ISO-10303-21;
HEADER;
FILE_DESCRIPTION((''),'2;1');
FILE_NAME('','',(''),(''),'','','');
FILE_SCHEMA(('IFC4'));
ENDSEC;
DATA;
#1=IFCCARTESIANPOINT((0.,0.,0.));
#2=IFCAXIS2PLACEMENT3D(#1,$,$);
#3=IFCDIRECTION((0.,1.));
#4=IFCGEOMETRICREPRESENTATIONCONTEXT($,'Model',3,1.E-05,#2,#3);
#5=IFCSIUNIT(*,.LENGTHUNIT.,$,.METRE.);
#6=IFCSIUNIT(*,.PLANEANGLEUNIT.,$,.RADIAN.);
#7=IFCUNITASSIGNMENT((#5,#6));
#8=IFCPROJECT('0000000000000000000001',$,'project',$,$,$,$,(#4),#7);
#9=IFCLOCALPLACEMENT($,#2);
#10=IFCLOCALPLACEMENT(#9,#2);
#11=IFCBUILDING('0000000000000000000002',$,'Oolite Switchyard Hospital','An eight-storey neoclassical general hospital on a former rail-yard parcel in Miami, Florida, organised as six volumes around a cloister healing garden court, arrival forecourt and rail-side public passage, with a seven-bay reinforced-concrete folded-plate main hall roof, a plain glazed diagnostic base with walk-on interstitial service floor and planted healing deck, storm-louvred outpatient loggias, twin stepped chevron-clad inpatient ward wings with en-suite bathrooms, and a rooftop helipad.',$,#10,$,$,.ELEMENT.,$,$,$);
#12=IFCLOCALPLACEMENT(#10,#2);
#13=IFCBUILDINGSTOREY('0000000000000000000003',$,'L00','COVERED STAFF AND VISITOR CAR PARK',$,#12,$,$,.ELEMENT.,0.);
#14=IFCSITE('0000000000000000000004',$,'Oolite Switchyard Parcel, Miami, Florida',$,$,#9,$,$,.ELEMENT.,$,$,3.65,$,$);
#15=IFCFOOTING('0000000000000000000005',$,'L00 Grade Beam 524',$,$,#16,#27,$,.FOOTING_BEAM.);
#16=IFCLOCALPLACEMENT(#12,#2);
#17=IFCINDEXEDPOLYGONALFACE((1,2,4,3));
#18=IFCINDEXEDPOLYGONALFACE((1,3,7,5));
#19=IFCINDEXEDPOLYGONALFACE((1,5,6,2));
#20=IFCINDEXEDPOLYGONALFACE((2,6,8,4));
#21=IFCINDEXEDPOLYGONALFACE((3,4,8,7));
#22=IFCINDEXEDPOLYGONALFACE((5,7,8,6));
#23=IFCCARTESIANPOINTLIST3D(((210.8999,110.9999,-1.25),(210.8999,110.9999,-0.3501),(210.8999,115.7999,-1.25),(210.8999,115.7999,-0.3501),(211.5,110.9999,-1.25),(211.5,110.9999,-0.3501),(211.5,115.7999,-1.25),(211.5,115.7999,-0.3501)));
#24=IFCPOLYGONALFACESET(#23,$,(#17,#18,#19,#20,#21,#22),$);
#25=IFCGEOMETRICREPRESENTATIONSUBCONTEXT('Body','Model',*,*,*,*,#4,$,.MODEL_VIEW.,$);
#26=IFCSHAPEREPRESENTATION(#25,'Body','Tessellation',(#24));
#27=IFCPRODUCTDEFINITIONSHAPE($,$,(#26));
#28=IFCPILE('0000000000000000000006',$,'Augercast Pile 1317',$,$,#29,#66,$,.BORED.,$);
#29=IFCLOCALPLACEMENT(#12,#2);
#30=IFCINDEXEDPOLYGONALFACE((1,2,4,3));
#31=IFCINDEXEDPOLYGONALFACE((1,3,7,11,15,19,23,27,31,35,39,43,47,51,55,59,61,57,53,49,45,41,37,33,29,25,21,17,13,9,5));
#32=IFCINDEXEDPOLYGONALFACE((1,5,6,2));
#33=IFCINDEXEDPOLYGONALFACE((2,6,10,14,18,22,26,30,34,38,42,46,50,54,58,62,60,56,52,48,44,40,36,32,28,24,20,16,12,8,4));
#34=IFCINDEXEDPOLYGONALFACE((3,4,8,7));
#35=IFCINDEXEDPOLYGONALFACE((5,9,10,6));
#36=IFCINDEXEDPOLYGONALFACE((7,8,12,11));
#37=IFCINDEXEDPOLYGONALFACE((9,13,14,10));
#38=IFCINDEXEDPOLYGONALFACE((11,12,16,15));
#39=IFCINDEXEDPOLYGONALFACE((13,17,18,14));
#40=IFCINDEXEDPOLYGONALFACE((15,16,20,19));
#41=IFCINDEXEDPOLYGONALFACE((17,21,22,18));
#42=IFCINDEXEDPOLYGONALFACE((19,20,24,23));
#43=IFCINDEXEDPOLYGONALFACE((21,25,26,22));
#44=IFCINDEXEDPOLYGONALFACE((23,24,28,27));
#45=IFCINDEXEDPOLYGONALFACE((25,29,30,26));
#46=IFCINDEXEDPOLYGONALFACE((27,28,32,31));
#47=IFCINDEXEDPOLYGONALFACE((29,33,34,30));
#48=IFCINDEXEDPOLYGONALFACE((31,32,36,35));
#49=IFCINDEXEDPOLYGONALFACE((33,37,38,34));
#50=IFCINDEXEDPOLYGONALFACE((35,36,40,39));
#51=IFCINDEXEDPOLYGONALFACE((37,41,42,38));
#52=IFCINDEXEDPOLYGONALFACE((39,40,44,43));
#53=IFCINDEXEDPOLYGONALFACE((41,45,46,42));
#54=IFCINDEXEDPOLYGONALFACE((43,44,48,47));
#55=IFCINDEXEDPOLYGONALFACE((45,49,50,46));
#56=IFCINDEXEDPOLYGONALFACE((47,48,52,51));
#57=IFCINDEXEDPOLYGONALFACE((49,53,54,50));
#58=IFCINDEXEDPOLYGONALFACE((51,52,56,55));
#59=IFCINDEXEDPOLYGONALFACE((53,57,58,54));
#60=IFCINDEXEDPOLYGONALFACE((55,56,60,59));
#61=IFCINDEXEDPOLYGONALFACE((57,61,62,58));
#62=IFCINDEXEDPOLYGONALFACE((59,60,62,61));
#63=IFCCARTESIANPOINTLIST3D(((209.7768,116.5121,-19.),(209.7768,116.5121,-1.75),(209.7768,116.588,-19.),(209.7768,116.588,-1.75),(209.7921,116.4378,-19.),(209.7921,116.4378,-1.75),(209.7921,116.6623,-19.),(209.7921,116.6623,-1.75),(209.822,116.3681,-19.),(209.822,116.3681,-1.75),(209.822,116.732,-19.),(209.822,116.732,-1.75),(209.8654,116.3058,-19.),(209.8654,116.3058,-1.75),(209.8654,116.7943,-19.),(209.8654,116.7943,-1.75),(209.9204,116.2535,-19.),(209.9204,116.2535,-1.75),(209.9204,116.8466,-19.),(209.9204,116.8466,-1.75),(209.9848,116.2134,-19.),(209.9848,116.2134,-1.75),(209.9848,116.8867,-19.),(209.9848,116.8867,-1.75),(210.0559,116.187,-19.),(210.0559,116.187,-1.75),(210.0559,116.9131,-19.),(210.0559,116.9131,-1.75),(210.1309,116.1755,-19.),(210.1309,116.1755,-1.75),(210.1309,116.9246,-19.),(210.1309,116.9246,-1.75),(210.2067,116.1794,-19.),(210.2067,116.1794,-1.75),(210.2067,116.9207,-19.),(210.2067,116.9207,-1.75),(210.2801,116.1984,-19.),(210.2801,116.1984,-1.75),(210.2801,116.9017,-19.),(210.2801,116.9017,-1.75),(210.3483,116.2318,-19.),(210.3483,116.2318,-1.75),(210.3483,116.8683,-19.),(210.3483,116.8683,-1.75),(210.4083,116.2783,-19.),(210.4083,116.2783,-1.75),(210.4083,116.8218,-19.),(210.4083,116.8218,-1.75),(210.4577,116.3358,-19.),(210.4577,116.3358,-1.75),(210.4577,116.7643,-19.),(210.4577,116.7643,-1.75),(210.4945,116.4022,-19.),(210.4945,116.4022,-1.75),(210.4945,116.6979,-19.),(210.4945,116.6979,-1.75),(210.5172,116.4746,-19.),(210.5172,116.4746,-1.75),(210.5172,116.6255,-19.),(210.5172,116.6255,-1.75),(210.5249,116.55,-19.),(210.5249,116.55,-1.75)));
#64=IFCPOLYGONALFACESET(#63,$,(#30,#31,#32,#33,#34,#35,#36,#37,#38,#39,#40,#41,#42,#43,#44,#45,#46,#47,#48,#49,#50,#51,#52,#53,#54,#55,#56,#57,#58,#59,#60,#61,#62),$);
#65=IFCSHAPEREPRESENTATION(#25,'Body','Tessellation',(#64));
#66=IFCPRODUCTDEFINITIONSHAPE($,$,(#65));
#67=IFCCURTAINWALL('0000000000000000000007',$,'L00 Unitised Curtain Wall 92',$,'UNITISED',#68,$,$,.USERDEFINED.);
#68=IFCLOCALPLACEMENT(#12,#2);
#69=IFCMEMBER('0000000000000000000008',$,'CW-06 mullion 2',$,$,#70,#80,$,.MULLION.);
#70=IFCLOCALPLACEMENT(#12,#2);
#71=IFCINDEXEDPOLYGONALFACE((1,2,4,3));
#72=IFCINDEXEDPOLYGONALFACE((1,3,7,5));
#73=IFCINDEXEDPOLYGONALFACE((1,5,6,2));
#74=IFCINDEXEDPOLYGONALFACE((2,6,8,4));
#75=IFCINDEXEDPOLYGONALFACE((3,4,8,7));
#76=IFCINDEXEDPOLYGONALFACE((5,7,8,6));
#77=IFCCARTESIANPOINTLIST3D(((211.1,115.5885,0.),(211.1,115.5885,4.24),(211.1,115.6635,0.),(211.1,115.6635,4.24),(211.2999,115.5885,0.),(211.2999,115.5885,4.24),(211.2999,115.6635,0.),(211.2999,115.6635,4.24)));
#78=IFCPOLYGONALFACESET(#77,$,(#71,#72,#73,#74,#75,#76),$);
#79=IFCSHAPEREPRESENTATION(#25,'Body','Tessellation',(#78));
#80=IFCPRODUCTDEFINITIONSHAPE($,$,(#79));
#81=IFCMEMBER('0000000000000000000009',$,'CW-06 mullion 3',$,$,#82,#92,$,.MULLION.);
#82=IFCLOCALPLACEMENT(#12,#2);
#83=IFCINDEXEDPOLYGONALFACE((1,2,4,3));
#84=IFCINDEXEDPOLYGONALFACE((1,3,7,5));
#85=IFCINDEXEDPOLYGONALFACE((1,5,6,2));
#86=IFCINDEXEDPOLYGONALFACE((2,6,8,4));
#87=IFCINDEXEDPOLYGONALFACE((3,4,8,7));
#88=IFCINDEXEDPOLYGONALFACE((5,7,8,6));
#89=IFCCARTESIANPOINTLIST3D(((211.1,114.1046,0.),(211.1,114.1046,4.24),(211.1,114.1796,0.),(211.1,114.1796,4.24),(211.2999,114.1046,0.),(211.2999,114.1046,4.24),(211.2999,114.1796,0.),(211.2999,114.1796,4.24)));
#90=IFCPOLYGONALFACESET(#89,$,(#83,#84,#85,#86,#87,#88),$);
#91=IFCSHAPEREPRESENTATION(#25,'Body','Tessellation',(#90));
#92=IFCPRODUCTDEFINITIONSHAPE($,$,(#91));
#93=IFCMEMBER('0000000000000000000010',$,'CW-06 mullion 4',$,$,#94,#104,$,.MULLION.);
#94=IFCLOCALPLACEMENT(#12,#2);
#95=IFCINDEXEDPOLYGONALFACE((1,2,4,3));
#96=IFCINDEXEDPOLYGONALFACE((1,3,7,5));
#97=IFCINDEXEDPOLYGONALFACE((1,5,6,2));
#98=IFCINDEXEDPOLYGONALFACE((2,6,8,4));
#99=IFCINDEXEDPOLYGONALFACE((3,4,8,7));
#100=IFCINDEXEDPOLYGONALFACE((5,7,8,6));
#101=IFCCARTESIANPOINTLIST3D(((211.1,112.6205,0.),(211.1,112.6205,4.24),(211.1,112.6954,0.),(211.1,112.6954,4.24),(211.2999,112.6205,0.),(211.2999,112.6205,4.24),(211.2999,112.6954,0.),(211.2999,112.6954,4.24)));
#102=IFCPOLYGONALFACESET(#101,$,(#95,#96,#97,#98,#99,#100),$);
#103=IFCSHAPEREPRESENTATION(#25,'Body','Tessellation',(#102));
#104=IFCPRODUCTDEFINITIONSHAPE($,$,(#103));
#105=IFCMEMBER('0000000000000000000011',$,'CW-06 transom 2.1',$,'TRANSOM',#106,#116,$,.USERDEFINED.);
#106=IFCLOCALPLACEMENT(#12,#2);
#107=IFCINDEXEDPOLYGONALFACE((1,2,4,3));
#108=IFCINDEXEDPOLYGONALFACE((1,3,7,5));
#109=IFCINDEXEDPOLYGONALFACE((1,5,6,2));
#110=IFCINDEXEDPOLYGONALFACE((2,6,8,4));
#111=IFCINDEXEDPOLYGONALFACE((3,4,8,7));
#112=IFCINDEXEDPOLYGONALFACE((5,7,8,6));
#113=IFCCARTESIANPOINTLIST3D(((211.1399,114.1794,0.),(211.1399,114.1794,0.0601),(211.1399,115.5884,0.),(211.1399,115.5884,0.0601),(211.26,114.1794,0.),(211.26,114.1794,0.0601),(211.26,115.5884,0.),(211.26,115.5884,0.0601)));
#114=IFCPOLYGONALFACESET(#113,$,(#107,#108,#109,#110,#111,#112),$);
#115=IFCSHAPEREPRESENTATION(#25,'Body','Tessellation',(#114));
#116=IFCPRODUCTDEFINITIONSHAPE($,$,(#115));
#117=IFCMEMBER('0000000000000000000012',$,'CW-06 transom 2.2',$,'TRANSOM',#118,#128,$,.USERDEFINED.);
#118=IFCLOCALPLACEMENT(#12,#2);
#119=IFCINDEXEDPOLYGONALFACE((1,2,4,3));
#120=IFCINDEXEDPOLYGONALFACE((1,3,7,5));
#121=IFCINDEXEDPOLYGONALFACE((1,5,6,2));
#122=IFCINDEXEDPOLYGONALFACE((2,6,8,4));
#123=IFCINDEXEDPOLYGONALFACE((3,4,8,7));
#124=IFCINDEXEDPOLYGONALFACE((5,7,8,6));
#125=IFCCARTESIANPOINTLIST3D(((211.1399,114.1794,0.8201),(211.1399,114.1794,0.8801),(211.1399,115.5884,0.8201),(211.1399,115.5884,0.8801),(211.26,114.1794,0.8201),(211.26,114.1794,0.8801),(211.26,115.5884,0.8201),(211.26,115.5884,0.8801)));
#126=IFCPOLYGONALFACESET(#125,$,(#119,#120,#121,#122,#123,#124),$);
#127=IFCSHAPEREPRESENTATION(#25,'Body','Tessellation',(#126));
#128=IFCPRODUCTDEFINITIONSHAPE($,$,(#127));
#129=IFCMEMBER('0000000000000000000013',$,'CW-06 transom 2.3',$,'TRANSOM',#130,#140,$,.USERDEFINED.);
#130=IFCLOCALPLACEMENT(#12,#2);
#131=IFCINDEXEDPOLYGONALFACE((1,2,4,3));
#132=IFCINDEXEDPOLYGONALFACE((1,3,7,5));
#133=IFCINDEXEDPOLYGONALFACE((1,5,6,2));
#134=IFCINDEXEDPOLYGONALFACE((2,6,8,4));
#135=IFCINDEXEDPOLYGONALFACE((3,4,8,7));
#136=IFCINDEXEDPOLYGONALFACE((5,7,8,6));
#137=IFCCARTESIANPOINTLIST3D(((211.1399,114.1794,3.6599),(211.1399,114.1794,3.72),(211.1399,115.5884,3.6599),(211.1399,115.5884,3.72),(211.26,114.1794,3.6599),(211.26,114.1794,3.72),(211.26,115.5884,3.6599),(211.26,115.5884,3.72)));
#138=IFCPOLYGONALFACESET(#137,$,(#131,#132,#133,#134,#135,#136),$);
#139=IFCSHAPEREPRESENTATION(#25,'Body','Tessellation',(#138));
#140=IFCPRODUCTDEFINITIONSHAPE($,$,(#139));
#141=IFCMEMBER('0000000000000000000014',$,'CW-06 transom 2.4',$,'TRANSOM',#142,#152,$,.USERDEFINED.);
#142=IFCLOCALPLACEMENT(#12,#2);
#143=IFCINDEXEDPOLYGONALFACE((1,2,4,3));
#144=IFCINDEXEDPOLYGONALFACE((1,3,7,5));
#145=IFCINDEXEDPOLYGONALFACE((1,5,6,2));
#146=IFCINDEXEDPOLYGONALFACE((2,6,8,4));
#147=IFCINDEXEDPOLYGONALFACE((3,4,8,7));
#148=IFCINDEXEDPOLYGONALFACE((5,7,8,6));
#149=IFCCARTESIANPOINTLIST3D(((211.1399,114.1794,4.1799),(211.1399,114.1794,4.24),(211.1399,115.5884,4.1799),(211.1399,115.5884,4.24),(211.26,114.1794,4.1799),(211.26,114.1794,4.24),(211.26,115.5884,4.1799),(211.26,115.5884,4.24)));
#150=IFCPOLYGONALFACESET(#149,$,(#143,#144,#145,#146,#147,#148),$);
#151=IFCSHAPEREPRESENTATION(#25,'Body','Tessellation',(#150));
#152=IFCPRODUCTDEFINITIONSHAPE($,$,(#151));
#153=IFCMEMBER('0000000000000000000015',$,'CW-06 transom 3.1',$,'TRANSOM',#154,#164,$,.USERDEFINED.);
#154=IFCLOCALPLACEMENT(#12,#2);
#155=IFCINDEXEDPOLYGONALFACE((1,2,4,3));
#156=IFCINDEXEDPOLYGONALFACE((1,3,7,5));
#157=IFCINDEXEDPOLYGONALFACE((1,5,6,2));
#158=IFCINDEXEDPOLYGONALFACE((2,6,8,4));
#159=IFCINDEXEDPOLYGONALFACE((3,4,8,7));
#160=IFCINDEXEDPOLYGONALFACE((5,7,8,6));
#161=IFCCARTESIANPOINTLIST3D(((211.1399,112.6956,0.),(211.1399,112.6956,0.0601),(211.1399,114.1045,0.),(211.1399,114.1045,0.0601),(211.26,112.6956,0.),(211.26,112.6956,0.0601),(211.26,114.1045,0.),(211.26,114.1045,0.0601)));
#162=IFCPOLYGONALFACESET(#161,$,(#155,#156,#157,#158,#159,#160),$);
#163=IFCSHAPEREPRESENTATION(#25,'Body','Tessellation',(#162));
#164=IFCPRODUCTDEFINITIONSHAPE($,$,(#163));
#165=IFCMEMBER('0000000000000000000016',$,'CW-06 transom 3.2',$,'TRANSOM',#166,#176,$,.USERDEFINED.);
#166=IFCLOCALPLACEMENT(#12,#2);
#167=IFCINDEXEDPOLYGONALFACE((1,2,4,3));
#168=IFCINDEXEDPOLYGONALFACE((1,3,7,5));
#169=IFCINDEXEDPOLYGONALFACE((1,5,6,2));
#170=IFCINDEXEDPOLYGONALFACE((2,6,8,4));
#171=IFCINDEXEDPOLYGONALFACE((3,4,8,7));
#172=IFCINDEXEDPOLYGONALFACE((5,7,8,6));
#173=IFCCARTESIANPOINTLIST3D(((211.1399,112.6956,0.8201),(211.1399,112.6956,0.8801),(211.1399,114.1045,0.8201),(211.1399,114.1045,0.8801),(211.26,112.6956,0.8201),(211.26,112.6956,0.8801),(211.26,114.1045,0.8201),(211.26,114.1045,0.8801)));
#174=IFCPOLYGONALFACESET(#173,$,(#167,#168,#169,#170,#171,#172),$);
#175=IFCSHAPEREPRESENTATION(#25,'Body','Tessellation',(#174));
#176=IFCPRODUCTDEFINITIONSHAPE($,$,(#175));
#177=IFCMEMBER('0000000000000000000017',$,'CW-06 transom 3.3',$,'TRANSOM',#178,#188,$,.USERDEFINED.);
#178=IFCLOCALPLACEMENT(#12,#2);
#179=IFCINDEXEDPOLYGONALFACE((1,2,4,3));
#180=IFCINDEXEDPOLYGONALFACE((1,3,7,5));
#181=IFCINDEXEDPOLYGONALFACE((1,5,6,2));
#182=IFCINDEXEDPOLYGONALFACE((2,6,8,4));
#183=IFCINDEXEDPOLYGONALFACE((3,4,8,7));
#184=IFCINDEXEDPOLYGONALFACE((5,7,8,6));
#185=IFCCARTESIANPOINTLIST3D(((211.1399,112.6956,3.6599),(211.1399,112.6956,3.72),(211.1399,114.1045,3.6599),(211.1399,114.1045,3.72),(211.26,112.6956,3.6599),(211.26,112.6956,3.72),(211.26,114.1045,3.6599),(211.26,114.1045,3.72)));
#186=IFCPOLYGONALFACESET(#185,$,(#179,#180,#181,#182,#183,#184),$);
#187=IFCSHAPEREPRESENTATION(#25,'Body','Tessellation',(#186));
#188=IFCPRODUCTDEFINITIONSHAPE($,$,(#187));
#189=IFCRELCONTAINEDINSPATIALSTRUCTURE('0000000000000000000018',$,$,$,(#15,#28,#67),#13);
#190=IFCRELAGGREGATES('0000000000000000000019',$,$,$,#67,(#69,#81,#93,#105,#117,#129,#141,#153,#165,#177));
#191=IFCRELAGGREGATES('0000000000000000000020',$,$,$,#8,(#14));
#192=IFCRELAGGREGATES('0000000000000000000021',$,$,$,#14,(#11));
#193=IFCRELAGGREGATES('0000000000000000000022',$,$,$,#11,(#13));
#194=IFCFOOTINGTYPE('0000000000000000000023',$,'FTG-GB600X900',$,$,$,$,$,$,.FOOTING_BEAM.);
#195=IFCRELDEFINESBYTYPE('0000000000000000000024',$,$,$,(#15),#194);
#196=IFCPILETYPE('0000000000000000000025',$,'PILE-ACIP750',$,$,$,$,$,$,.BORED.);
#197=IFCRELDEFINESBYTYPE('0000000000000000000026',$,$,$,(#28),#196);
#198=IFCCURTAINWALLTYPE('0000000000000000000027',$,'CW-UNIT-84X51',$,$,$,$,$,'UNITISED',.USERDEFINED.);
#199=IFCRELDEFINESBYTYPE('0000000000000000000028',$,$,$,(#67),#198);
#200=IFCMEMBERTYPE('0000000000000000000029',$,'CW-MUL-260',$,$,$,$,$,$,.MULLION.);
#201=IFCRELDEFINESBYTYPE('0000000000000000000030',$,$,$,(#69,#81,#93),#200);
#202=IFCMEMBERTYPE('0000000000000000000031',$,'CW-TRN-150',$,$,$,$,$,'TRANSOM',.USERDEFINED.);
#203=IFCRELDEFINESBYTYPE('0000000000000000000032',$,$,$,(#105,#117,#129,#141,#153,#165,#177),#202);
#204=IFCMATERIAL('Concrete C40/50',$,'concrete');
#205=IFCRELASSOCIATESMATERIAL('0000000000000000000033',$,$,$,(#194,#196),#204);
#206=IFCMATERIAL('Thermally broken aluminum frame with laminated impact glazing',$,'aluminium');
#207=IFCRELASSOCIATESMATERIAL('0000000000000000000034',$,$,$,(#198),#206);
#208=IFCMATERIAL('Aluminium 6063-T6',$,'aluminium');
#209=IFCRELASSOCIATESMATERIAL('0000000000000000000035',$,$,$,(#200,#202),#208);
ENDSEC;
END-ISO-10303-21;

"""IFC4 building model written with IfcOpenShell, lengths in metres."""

from ifc_helpers import new_model, si_unit, direction, frame, origin, origin_2d, place, context, subcontext, project, spatial, rectangle, circle, extrude, material, material_profile, profile_set, type_object, element, aggregate, save


model = new_model("IFC4")

# Units and contexts
model_context = context("Model", 3, precision=1e-05, world=origin(), true_north=direction((0.0, 1.0)))
body_context = subcontext(model_context, "Body", "Model", "MODEL_VIEW")
ifc_project = project(units=[si_unit("LENGTHUNIT", "METRE"), si_unit("PLANEANGLEUNIT", "RADIAN")], contexts=[model_context])

# Site, building, storey
site_placement = place(None, origin())
site = spatial("IfcSite", under=ifc_project, at=site_placement, Name="Oolite Switchyard Parcel, Miami, Florida", CompositionType="ELEMENT", RefElevation=3.65)
building_placement = place(site_placement, origin())
building = spatial("IfcBuilding", under=site, at=building_placement, Name="Oolite Switchyard Hospital", Description="An eight-storey neoclassical general hospital on a former rail-yard parcel in Miami, Florida, organised as six volumes around a cloister healing garden court, arrival forecourt and rail-side public passage, with a seven-bay reinforced-concrete folded-plate main hall roof, a plain glazed diagnostic base with walk-on interstitial service floor and planted healing deck, storm-louvred outpatient loggias, twin stepped chevron-clad inpatient ward wings with en-suite bathrooms, and a rooftop helipad.", CompositionType="ELEMENT")
storey_placement = place(building_placement, origin())
storey = spatial("IfcBuildingStorey", under=building, at=storey_placement, Name="L00", Description="COVERED STAFF AND VISITOR CAR PARK", CompositionType="ELEMENT", Elevation=0.0)

# Footing
ifc_material_1 = material(Name="Concrete C40/50", Category="concrete")
footing_type = type_object("IfcFootingType", Name="FTG-GB600X900", PredefinedType="FOOTING_BEAM", material=ifc_material_1)
footing_placement = place(storey_placement, frame((211.2, 113.3999, -1.25), z_axis=(0.0, 0.0, 1.0), x_axis=(0.0, 1.0, 0.0)))
element("IfcFooting", 1, at=footing_placement, inside=storey, type_object=footing_type, Name="L00 Grade Beam 524", PredefinedType="FOOTING_BEAM", context=body_context, shape_type="SweptSolid", body=[
    extrude(rectangle(XDim=4.8, YDim=0.6001, at=origin_2d()), origin(), (0.0, 0.0, 1.0), 0.8999),
])

# Pile
ifc_material_profile_1 = material_profile(ifc_material_1, circle(Radius=0.375, at=origin_2d()), Name="PILE750")
ifc_profile_set_1 = profile_set([ifc_material_profile_1], Name="Concrete C40/50")
pile_type = type_object("IfcPileType", Name="PILE-ACIP750", PredefinedType="BORED", material=ifc_profile_set_1)
pile_placement = place(storey_placement, frame((210.1499, 116.55, -1.75), z_axis=(0.0, 0.0, -1.0), x_axis=(1.0, 0.0, 0.0)))
element("IfcPile", 2, at=pile_placement, inside=storey, type_object=pile_type, Name="Augercast Pile 1317", PredefinedType="BORED", context=body_context, shape_type="SweptSolid", body=[
    extrude(circle(Radius=0.375, at=origin_2d()), origin(), (0.0, 0.0, 1.0), 17.25),
])

# Curtain wall, members
ifc_material_2 = material(Name="Thermally broken aluminum frame with laminated impact glazing", Category="aluminium")
curtain_wall_type = type_object("IfcCurtainWallType", Name="CW-UNIT-84X51", ElementType="UNITISED", PredefinedType="USERDEFINED", material=ifc_material_2)
curtain_wall_placement = place(storey_placement, origin())
curtain_wall = element("IfcCurtainWall", 3, at=curtain_wall_placement, inside=storey, type_object=curtain_wall_type, Name="L00 Unitised Curtain Wall 92", ObjectType="UNITISED", PredefinedType="USERDEFINED")
ifc_material_3 = material(Name="Aluminium 6063-T6", Category="aluminium")
ifc_material_profile_2 = material_profile(ifc_material_3, rectangle(XDim=0.2, YDim=0.075, at=origin_2d()), Name="CWM75X200")
ifc_profile_set_2 = profile_set([ifc_material_profile_2], Name="Aluminium 6063-T6")
member_type_1 = type_object("IfcMemberType", Name="CW-MUL-260", PredefinedType="MULLION", material=ifc_profile_set_2)
member_1_placement = place(storey_placement, frame((211.2, 115.626, 0.0), z_axis=(0.0, 0.0, 1.0), x_axis=(1.0, 0.0, 0.0)))
member_1 = element("IfcMember", 4, at=member_1_placement, type_object=member_type_1, Name="CW-06 mullion 2", PredefinedType="MULLION", context=body_context, shape_type="SweptSolid", body=[
    extrude(rectangle(XDim=0.2, YDim=0.075, at=origin_2d()), origin(), (0.0, 0.0, 1.0), 4.24),
])
member_2_placement = place(storey_placement, frame((211.2, 114.1421, 0.0), z_axis=(0.0, 0.0, 1.0), x_axis=(1.0, 0.0, 0.0)))
member_2 = element("IfcMember", 5, at=member_2_placement, type_object=member_type_1, Name="CW-06 mullion 3", PredefinedType="MULLION", context=body_context, shape_type="SweptSolid", body=[
    extrude(rectangle(XDim=0.2, YDim=0.075, at=origin_2d()), origin(), (0.0, 0.0, 1.0), 4.24),
])
member_3_placement = place(storey_placement, frame((211.2, 112.658, 0.0), z_axis=(0.0, 0.0, 1.0), x_axis=(1.0, 0.0, 0.0)))
member_3 = element("IfcMember", 6, at=member_3_placement, type_object=member_type_1, Name="CW-06 mullion 4", PredefinedType="MULLION", context=body_context, shape_type="SweptSolid", body=[
    extrude(rectangle(XDim=0.2, YDim=0.075, at=origin_2d()), origin(), (0.0, 0.0, 1.0), 4.24),
])
ifc_material_profile_3 = material_profile(ifc_material_3, rectangle(XDim=0.1201, YDim=0.0601, at=origin_2d()), Name="CWT60X120")
ifc_profile_set_3 = profile_set([ifc_material_profile_3], Name="Aluminium 6063-T6")
member_type_2 = type_object("IfcMemberType", Name="CW-TRN-150", ElementType="TRANSOM", PredefinedType="USERDEFINED", material=ifc_profile_set_3)
member_4_placement = place(storey_placement, frame((211.2, 115.5884, 0.03), z_axis=(0.0, -1.0, 0.0), x_axis=(1.0, 0.0, 0.0)))
member_4 = element("IfcMember", 7, at=member_4_placement, type_object=member_type_2, Name="CW-06 transom 2.1", ObjectType="TRANSOM", PredefinedType="USERDEFINED", context=body_context, shape_type="SweptSolid", body=[
    extrude(rectangle(XDim=0.1201, YDim=0.0601, at=origin_2d()), origin(), (0.0, 0.0, 1.0), 1.4089),
])
member_5_placement = place(storey_placement, frame((211.2, 115.5884, 0.8501), z_axis=(0.0, -1.0, 0.0), x_axis=(1.0, 0.0, 0.0)))
member_5 = element("IfcMember", 8, at=member_5_placement, type_object=member_type_2, Name="CW-06 transom 2.2", ObjectType="TRANSOM", PredefinedType="USERDEFINED", context=body_context, shape_type="SweptSolid", body=[
    extrude(rectangle(XDim=0.1201, YDim=0.0601, at=origin_2d()), origin(), (0.0, 0.0, 1.0), 1.4089),
])
member_6_placement = place(storey_placement, frame((211.2, 115.5884, 3.6899), z_axis=(0.0, -1.0, 0.0), x_axis=(1.0, 0.0, 0.0)))
member_6 = element("IfcMember", 9, at=member_6_placement, type_object=member_type_2, Name="CW-06 transom 2.3", ObjectType="TRANSOM", PredefinedType="USERDEFINED", context=body_context, shape_type="SweptSolid", body=[
    extrude(rectangle(XDim=0.1201, YDim=0.0601, at=origin_2d()), origin(), (0.0, 0.0, 1.0), 1.4089),
])
member_7_placement = place(storey_placement, frame((211.2, 115.5884, 4.21), z_axis=(0.0, -1.0, 0.0), x_axis=(1.0, 0.0, 0.0)))
member_7 = element("IfcMember", 10, at=member_7_placement, type_object=member_type_2, Name="CW-06 transom 2.4", ObjectType="TRANSOM", PredefinedType="USERDEFINED", context=body_context, shape_type="SweptSolid", body=[
    extrude(rectangle(XDim=0.1201, YDim=0.0601, at=origin_2d()), origin(), (0.0, 0.0, 1.0), 1.4089),
])
member_8_placement = place(storey_placement, frame((211.2, 114.1045, 0.03), z_axis=(0.0, -1.0, 0.0), x_axis=(1.0, 0.0, 0.0)))
member_8 = element("IfcMember", 11, at=member_8_placement, type_object=member_type_2, Name="CW-06 transom 3.1", ObjectType="TRANSOM", PredefinedType="USERDEFINED", context=body_context, shape_type="SweptSolid", body=[
    extrude(rectangle(XDim=0.1201, YDim=0.0601, at=origin_2d()), origin(), (0.0, 0.0, 1.0), 1.4089),
])
member_9_placement = place(storey_placement, frame((211.2, 114.1045, 0.8501), z_axis=(0.0, -1.0, 0.0), x_axis=(1.0, 0.0, 0.0)))
member_9 = element("IfcMember", 12, at=member_9_placement, type_object=member_type_2, Name="CW-06 transom 3.2", ObjectType="TRANSOM", PredefinedType="USERDEFINED", context=body_context, shape_type="SweptSolid", body=[
    extrude(rectangle(XDim=0.1201, YDim=0.0601, at=origin_2d()), origin(), (0.0, 0.0, 1.0), 1.4089),
])
member_10_placement = place(storey_placement, frame((211.2, 114.1045, 3.6899), z_axis=(0.0, -1.0, 0.0), x_axis=(1.0, 0.0, 0.0)))
member_10 = element("IfcMember", 13, at=member_10_placement, type_object=member_type_2, Name="CW-06 transom 3.3", ObjectType="TRANSOM", PredefinedType="USERDEFINED", context=body_context, shape_type="SweptSolid", body=[
    extrude(rectangle(XDim=0.1201, YDim=0.0601, at=origin_2d()), origin(), (0.0, 0.0, 1.0), 1.4089),
])
aggregate(curtain_wall, [member_1, member_2, member_3, member_4, member_5, member_6, member_7, member_8, member_9, member_10])

save(model, "model.ifc")
